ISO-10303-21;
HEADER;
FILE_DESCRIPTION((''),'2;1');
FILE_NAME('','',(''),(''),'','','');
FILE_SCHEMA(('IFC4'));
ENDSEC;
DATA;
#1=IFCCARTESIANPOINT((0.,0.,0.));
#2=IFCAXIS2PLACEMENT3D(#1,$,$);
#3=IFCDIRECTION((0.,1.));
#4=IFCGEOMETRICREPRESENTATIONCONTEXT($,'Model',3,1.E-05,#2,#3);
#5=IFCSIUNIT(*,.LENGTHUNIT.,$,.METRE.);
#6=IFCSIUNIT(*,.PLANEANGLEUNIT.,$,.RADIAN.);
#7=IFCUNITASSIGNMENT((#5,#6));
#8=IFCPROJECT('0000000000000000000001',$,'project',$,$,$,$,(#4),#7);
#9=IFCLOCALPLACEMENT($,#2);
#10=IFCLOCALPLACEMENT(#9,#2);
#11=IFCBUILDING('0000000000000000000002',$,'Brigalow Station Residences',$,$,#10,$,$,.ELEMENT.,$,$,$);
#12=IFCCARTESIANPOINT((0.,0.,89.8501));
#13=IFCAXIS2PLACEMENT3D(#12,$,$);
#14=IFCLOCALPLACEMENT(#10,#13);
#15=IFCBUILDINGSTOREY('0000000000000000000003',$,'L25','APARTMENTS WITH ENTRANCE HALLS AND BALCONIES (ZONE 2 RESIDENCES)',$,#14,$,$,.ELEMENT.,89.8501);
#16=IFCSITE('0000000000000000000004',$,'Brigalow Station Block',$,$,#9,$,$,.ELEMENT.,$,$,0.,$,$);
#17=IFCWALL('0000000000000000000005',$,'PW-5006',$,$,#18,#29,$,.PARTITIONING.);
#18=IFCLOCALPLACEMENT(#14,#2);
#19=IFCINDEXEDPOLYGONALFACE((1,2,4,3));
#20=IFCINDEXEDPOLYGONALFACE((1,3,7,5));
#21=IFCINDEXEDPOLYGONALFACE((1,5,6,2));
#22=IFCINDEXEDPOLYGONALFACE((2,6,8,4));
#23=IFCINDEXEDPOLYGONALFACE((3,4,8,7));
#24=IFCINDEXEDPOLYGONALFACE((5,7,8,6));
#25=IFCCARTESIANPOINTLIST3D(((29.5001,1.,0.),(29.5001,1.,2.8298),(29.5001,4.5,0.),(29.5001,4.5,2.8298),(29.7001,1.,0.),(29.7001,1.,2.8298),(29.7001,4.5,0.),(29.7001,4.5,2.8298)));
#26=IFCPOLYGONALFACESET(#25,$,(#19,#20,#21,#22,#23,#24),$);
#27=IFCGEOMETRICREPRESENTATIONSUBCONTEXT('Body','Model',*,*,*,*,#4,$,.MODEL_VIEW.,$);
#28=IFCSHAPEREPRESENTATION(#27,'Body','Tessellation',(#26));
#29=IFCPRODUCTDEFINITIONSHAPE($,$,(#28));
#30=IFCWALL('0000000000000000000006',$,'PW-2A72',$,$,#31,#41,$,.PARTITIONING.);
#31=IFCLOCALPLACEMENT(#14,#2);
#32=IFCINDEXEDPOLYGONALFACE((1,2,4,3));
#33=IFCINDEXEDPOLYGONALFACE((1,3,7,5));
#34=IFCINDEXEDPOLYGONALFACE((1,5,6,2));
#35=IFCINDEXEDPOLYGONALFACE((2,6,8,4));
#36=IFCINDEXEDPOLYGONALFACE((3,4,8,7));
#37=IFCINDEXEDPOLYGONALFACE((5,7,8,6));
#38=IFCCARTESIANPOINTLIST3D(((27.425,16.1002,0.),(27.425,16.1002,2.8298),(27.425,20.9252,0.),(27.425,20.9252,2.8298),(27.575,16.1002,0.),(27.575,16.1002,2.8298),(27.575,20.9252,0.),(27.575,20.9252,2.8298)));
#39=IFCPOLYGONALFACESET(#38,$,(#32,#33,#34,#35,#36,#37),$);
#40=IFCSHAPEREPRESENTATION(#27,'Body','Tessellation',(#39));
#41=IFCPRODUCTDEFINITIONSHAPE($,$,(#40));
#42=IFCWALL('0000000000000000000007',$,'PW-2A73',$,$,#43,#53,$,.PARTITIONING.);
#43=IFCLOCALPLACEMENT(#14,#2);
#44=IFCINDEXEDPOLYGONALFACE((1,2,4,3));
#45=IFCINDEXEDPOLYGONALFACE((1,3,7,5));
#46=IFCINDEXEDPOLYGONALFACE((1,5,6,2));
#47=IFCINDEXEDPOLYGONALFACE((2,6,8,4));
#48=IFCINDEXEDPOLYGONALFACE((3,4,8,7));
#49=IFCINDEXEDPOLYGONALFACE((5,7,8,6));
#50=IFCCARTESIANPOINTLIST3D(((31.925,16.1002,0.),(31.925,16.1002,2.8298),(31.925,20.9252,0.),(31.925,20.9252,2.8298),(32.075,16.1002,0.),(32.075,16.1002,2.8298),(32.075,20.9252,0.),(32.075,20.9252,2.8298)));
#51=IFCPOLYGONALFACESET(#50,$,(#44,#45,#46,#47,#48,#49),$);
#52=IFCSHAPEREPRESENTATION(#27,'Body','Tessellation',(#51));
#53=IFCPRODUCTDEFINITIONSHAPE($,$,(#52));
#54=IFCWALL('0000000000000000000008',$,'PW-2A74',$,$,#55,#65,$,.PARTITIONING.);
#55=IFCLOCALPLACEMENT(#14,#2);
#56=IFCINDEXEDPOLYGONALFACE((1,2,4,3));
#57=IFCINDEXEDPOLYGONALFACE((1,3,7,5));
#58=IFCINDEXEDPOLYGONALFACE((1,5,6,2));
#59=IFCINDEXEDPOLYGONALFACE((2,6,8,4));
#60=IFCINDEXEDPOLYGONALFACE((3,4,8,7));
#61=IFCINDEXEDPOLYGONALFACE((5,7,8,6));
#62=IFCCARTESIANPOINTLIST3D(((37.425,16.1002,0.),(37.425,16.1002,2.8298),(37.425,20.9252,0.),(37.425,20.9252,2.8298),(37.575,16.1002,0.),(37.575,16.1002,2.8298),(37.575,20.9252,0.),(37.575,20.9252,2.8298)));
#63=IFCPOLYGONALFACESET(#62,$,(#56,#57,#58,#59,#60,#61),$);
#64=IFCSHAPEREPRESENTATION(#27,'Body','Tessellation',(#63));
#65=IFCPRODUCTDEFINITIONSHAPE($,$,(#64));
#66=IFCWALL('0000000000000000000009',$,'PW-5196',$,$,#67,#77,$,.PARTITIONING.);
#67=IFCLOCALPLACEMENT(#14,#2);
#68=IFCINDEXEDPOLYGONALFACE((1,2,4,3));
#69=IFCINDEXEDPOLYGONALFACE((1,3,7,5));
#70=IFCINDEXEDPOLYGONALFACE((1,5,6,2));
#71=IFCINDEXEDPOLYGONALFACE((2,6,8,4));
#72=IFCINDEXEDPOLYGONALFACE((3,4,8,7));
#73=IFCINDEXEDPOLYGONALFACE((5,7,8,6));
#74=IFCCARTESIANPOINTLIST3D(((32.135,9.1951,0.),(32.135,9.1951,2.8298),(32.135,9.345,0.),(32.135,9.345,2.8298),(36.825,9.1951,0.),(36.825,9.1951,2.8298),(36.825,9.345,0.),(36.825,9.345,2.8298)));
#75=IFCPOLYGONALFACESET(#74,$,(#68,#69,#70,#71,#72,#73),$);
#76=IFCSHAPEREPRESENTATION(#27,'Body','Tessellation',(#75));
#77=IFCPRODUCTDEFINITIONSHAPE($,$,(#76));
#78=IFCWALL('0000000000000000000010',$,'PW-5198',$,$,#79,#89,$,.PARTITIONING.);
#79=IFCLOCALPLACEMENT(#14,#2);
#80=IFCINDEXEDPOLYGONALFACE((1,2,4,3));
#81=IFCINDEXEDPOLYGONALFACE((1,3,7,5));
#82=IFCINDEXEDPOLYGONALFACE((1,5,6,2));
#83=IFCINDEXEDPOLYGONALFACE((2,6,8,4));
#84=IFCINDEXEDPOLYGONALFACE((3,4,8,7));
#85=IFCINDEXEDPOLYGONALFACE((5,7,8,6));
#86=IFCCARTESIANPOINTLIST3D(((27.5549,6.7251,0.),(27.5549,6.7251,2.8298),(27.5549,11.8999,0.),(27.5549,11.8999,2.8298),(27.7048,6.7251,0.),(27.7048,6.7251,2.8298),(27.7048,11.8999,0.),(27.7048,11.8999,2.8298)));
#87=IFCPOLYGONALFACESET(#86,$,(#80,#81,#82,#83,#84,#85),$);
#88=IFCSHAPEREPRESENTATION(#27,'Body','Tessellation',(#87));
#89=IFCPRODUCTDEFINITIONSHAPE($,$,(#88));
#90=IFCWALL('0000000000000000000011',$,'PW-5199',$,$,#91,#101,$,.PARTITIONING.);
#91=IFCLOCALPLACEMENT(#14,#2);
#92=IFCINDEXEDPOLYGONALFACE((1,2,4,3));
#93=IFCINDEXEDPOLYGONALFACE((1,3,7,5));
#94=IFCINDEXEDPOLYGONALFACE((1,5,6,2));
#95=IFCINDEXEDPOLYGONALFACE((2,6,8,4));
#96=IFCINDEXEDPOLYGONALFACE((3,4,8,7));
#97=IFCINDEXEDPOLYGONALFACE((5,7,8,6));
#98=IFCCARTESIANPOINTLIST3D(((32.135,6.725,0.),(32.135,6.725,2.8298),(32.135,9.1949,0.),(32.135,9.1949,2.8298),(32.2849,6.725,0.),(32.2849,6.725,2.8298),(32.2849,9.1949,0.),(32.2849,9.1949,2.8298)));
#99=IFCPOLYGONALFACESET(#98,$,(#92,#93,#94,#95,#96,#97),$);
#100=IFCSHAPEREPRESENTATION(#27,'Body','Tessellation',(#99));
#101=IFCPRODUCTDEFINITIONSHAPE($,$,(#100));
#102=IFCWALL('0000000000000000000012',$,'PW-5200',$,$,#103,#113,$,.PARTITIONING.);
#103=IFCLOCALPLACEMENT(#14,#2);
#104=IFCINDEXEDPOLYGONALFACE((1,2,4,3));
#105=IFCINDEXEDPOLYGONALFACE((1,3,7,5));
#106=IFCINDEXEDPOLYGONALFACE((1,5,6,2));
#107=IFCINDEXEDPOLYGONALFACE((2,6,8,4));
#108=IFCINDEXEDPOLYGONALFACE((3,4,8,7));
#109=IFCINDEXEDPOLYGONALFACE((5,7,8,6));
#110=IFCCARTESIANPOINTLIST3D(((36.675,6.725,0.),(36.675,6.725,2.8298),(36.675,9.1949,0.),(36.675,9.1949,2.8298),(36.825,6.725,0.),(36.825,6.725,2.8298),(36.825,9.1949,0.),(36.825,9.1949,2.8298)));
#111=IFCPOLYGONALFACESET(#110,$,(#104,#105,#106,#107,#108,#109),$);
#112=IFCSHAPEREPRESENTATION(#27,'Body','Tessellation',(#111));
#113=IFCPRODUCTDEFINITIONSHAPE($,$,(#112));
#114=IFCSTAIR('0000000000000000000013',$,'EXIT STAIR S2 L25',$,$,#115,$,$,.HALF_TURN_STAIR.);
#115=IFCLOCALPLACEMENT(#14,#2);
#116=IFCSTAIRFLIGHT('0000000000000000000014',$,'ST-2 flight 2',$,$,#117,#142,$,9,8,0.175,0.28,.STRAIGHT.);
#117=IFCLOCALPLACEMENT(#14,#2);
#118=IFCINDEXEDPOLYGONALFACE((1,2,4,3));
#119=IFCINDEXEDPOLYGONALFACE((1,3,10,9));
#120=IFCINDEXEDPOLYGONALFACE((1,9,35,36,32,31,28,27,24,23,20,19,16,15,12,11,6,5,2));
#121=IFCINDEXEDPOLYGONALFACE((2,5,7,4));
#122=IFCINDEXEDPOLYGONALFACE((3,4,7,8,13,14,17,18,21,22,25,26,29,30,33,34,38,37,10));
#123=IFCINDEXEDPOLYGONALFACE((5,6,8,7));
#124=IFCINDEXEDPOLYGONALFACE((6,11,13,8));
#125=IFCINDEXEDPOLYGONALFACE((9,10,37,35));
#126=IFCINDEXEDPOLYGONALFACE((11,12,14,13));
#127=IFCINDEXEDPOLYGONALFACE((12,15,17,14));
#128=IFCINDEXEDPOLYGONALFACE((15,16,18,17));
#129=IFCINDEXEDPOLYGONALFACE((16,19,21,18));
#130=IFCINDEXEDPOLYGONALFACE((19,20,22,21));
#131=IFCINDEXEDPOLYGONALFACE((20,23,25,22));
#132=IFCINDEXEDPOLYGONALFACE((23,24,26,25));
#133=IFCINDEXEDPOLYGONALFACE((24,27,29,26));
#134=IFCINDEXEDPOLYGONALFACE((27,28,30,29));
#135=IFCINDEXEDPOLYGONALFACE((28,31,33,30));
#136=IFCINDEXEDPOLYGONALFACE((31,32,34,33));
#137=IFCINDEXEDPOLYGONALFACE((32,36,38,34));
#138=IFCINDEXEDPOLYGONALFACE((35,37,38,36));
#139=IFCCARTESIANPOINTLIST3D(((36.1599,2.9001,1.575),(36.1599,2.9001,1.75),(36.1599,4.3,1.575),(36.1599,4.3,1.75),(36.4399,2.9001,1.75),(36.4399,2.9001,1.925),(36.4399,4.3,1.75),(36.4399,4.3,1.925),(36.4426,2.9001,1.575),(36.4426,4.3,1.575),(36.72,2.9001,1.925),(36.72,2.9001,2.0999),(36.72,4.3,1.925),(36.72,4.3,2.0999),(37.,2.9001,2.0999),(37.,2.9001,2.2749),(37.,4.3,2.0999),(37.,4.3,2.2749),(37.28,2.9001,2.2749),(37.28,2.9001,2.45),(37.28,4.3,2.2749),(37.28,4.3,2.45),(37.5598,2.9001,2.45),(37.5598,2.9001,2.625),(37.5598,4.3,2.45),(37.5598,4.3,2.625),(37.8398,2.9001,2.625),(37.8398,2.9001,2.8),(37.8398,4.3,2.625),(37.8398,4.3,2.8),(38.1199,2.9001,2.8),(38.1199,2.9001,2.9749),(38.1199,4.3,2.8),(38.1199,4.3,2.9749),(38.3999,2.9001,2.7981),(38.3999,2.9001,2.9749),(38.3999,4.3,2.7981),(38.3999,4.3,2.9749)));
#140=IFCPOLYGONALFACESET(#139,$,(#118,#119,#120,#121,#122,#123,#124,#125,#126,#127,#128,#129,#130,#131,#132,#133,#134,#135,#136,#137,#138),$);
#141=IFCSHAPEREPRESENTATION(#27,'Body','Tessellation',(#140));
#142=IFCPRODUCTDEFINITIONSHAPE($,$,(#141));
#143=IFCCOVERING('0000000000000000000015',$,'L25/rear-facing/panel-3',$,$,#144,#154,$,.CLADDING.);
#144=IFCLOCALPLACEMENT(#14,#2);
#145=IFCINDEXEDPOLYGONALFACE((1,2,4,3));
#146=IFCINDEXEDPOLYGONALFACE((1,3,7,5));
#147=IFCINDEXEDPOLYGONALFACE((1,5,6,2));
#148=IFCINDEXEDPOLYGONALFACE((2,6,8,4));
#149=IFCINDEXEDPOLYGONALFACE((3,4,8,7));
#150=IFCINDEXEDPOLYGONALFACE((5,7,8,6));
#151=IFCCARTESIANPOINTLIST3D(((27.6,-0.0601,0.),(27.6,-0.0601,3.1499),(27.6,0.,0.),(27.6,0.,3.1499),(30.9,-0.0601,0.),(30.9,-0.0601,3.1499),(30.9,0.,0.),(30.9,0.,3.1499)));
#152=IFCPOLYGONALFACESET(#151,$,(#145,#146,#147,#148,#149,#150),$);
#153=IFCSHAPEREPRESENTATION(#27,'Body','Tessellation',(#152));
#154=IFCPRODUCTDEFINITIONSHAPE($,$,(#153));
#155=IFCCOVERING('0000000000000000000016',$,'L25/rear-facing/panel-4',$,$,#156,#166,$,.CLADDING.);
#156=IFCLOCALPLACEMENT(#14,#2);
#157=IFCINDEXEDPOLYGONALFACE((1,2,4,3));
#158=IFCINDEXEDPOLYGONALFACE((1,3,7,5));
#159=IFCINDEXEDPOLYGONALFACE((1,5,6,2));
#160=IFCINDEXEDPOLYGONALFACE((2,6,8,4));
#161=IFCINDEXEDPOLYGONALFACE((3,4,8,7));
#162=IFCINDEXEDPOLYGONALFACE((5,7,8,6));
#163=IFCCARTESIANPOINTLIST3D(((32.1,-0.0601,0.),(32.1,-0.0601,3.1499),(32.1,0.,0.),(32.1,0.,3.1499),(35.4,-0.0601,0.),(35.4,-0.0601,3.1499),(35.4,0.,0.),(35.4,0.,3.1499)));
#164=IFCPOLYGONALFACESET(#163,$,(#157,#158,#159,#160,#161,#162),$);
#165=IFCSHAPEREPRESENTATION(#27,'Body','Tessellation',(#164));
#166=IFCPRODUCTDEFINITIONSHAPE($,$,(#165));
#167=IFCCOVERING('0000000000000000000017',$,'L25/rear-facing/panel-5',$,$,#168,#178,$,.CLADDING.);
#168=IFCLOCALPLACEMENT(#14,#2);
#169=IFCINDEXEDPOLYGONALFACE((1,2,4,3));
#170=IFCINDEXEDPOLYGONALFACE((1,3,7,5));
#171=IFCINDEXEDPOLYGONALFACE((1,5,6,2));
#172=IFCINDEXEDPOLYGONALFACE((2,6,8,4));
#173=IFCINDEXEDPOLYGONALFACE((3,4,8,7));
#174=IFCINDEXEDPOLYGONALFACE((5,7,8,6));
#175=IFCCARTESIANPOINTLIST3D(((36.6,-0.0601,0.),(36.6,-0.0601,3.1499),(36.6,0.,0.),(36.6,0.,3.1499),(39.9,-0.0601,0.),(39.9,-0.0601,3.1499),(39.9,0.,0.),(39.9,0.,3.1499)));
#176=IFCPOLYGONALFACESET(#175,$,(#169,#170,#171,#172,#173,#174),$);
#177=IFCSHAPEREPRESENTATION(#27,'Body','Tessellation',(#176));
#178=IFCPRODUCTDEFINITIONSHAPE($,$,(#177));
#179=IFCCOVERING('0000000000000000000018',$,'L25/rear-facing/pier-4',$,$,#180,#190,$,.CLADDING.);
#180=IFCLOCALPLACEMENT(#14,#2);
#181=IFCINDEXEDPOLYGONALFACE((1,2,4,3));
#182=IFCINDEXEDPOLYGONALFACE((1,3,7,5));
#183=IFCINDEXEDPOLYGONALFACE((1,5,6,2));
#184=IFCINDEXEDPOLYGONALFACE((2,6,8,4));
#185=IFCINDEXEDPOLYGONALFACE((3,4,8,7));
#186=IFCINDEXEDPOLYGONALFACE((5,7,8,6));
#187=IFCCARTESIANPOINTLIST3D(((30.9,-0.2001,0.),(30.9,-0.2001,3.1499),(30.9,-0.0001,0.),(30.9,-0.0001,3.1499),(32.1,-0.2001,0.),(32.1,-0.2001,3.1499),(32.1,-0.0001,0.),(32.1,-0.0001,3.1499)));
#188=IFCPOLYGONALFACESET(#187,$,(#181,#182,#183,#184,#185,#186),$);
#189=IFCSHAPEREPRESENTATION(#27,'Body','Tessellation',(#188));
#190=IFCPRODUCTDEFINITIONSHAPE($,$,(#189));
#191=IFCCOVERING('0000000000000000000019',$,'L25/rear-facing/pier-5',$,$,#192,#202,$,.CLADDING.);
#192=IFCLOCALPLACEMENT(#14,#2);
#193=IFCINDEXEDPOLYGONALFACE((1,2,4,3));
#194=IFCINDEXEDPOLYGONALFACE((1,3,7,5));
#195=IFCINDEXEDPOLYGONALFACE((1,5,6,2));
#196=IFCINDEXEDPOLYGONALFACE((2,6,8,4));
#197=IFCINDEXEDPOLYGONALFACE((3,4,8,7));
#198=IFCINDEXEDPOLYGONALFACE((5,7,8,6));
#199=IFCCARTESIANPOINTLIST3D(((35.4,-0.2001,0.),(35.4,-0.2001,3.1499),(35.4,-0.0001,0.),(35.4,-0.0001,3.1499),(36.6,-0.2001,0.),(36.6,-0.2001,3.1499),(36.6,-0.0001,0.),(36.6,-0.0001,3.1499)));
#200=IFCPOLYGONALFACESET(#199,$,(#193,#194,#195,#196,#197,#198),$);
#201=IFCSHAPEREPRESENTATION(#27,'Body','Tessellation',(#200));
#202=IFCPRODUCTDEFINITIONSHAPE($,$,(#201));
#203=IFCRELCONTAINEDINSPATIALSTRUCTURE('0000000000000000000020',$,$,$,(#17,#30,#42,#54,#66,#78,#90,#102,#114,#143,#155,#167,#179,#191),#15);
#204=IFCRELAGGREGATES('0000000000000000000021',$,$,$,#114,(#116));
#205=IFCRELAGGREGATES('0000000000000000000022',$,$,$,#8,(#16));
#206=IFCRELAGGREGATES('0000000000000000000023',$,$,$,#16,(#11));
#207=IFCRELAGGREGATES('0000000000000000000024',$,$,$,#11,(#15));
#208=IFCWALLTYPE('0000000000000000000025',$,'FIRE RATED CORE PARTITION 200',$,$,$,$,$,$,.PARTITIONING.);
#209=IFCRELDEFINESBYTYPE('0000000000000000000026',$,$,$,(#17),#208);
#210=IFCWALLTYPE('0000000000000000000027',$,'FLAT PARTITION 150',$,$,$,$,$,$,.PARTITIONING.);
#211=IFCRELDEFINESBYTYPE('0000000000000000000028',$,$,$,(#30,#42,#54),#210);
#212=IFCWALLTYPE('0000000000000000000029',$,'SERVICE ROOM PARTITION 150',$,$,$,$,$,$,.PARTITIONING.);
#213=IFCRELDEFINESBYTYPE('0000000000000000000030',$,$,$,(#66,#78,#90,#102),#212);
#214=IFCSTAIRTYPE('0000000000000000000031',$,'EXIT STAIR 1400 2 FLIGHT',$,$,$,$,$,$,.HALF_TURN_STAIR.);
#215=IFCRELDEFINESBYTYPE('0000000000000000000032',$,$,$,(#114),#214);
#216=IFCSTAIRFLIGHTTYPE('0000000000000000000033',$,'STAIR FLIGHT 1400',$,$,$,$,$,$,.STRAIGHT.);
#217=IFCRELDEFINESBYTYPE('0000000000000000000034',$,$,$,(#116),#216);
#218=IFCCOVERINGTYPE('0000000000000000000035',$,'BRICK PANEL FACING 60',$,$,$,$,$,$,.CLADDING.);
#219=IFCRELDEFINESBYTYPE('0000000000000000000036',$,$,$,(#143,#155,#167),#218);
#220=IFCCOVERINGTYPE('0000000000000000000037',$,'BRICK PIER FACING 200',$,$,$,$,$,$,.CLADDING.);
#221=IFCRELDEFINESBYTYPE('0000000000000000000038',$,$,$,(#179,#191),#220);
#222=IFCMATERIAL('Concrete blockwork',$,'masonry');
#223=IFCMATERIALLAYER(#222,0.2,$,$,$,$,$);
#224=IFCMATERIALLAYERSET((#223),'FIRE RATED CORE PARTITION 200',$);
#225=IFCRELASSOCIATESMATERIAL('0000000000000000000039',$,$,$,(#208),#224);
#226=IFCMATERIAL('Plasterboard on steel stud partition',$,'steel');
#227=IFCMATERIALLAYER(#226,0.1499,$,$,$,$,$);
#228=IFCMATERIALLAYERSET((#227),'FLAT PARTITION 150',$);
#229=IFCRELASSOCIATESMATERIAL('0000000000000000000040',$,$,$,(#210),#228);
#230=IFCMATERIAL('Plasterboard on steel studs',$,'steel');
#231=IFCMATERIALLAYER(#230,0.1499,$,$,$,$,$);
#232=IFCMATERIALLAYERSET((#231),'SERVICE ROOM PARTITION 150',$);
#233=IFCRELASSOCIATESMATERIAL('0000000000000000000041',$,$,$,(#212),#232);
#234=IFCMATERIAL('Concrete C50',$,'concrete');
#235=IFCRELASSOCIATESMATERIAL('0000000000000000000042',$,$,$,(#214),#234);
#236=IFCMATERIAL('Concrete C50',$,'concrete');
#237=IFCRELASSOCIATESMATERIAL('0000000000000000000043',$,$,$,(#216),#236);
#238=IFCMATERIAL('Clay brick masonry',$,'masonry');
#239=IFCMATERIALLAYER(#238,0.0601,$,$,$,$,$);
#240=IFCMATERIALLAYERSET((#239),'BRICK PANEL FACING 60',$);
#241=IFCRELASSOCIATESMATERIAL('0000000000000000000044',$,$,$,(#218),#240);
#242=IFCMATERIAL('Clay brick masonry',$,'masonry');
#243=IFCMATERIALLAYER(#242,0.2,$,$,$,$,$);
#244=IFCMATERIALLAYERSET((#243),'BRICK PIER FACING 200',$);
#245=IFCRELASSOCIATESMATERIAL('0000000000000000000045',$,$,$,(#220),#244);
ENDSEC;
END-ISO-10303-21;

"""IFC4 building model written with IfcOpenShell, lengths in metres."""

from ifc_helpers import new_model, si_unit, direction, frame, frame_2d, origin, origin_2d, place, context, subcontext, project, spatial, polyline, rectangle, outline, extrude, material, layer, layer_set, type_object, element, aggregate, save


model = new_model("IFC4")

# Units and contexts
model_context = context("Model", 3, precision=1e-05, world=origin(), true_north=direction((0.0, 1.0)))
body_context = subcontext(model_context, "Body", "Model", "MODEL_VIEW")
ifc_project = project(units=[si_unit("LENGTHUNIT", "METRE"), si_unit("PLANEANGLEUNIT", "RADIAN")], contexts=[model_context])

# Site, building, storey
site_placement = place(None, origin())
site = spatial("IfcSite", under=ifc_project, at=site_placement, Name="Brigalow Station Block", CompositionType="ELEMENT", RefElevation=0.0)
building_placement = place(site_placement, origin())
building = spatial("IfcBuilding", under=site, at=building_placement, Name="Brigalow Station Residences", CompositionType="ELEMENT")
storey_placement = place(building_placement, frame((0.0, 0.0, 89.8501)))
storey = spatial("IfcBuildingStorey", under=building, at=storey_placement, Name="L25", Description="APARTMENTS WITH ENTRANCE HALLS AND BALCONIES (ZONE 2 RESIDENCES)", CompositionType="ELEMENT", Elevation=89.8501)

# Shared definitions
ifc_material_1 = material(Name="Concrete blockwork", Category="masonry")
ifc_layer_1 = layer(ifc_material_1, 0.2)
ifc_layer_set_1 = layer_set([ifc_layer_1], Name="FIRE RATED CORE PARTITION 200")
wall_type_1 = type_object("IfcWallType", Name="FIRE RATED CORE PARTITION 200", PredefinedType="PARTITIONING", material=ifc_layer_set_1)

# Walls
wall_1_placement = place(storey_placement, frame((29.6001, 1.0, 0.0), z_axis=(0.0, 0.0, 1.0), x_axis=(0.0, 1.0, 0.0)))
element("IfcWall", 1, at=wall_1_placement, inside=storey, type_object=wall_type_1, Name="PW-5006", PredefinedType="PARTITIONING", context=body_context, shape_type="SweptSolid", body=[
    extrude(rectangle(XDim=3.5, YDim=0.2, at=frame_2d((1.75, 0.0))), origin(), (0.0, 0.0, 1.0), 2.8298),
])
ifc_material_2 = material(Name="Plasterboard on steel stud partition", Category="steel")
ifc_layer_2 = layer(ifc_material_2, 0.1499)
ifc_layer_set_2 = layer_set([ifc_layer_2], Name="FLAT PARTITION 150")
wall_type_2 = type_object("IfcWallType", Name="FLAT PARTITION 150", PredefinedType="PARTITIONING", material=ifc_layer_set_2)
for number, where, z_axis, x_axis, name in (
    (2, (27.5, 16.1001, 0.0), (0.0, 0.0, 1.0), (0.0, 1.0, 0.0), "PW-2A72"),
    (3, (32.0, 16.1001, 0.0), (0.0, 0.0, 1.0), (0.0, 1.0, 0.0), "PW-2A73"),
    (4, (37.5, 16.1001, 0.0), (0.0, 0.0, 1.0), (0.0, 1.0, 0.0), "PW-2A74"),
):
    element("IfcWall", number, at=place(storey_placement, frame(where, z_axis=z_axis, x_axis=x_axis)), inside=storey, type_object=wall_type_2, Name=name, PredefinedType="PARTITIONING", context=body_context, shape_type="SweptSolid", body=[
        extrude(rectangle(XDim=4.825, YDim=0.1499, at=frame_2d((2.4126, 0.0))), origin(), (0.0, 0.0, 1.0), 2.8298),
    ])
ifc_material_3 = material(Name="Plasterboard on steel studs", Category="steel")
ifc_layer_3 = layer(ifc_material_3, 0.1499)
ifc_layer_set_3 = layer_set([ifc_layer_3], Name="SERVICE ROOM PARTITION 150")
wall_type_3 = type_object("IfcWallType", Name="SERVICE ROOM PARTITION 150", PredefinedType="PARTITIONING", material=ifc_layer_set_3)
wall_2_placement = place(storey_placement, frame((32.135, 9.27, 0.0), z_axis=(0.0, 0.0, 1.0), x_axis=(1.0, 0.0, 0.0)))
element("IfcWall", 5, at=wall_2_placement, inside=storey, type_object=wall_type_3, Name="PW-5196", PredefinedType="PARTITIONING", context=body_context, shape_type="SweptSolid", body=[
    extrude(rectangle(XDim=4.6899, YDim=0.1499, at=frame_2d((2.345, 0.0))), origin(), (0.0, 0.0, 1.0), 2.8298),
])
wall_3_placement = place(storey_placement, frame((27.6299, 6.7251, 0.0), z_axis=(0.0, 0.0, 1.0), x_axis=(0.0, 1.0, 0.0)))
element("IfcWall", 6, at=wall_3_placement, inside=storey, type_object=wall_type_3, Name="PW-5198", PredefinedType="PARTITIONING", context=body_context, shape_type="SweptSolid", body=[
    extrude(rectangle(XDim=5.1748, YDim=0.1499, at=frame_2d((2.5874, 0.0))), origin(), (0.0, 0.0, 1.0), 2.8298),
])
for number, where, z_axis, x_axis, name in (
    (7, (32.21, 6.7251, 0.0), (0.0, 0.0, 1.0), (0.0, 1.0, 0.0), "PW-5199"),
    (8, (36.75, 6.7251, 0.0), (0.0, 0.0, 1.0), (0.0, 1.0, 0.0), "PW-5200"),
):
    element("IfcWall", number, at=place(storey_placement, frame(where, z_axis=z_axis, x_axis=x_axis)), inside=storey, type_object=wall_type_3, Name=name, PredefinedType="PARTITIONING", context=body_context, shape_type="SweptSolid", body=[
        extrude(rectangle(XDim=2.47, YDim=0.1499, at=frame_2d((1.2349, 0.0))), origin(), (0.0, 0.0, 1.0), 2.8298),
    ])

# Stair, stair flight
ifc_material_4 = material(Name="Concrete C50", Category="concrete")
stair_type = type_object("IfcStairType", Name="EXIT STAIR 1400 2 FLIGHT", PredefinedType="HALF_TURN_STAIR", material=ifc_material_4)
stair_placement = place(storey_placement, origin())
stair = element("IfcStair", 9, at=stair_placement, inside=storey, type_object=stair_type, Name="EXIT STAIR S2 L25", PredefinedType="HALF_TURN_STAIR")
ifc_material_5 = material(Name="Concrete C50", Category="concrete")
stair_flight_type = type_object("IfcStairFlightType", Name="STAIR FLIGHT 1400", PredefinedType="STRAIGHT", material=ifc_material_5)
stair_flight_placement = place(storey_placement, frame((36.1599, 3.6001, 1.575), z_axis=(0.0, 0.0, 1.0), x_axis=(1.0, 0.0, 0.0)))
stair_flight = element("IfcStairFlight", 10, at=stair_flight_placement, type_object=stair_flight_type, Name="ST-2 flight 2", NumberOfRisers=9, NumberOfTreads=8, PredefinedType="STRAIGHT", RiserHeight=0.175, TreadLength=0.28, context=body_context, shape_type="SweptSolid", body=[
    extrude(outline(polyline([(0.0, 0.0), (0.0, 0.175), (0.28, 0.175), (0.28, 0.3501), (0.5601, 0.3501), (0.5601, 0.5249), (0.8401, 0.5249), (0.8401, 0.7), (1.1201, 0.7), (1.1201, 0.875), (1.3999, 0.875), (1.3999, 1.05), (1.6799, 1.05), (1.6799, 1.2251), (1.96, 1.2251), (1.96, 1.3999), (2.24, 1.3999), (2.24, 1.575), (2.24, 1.2231), (0.2827, 0.0), (0.0, 0.0)])), frame((0.0, 0.7, 0.0), z_axis=(0.0, -1.0, 0.0), x_axis=(1.0, 0.0, 0.0)), (0.0, 0.0, 1.0), 1.3999),
])
aggregate(stair, [stair_flight])

# Coverings
ifc_material_6 = material(Name="Clay brick masonry", Category="masonry")
ifc_layer_4 = layer(ifc_material_6, 0.0601)
ifc_layer_set_4 = layer_set([ifc_layer_4], Name="BRICK PANEL FACING 60")
covering_type_1 = type_object("IfcCoveringType", Name="BRICK PANEL FACING 60", PredefinedType="CLADDING", material=ifc_layer_set_4)
for number, where, z_axis, x_axis, name in (
    (11, (29.25, -0.03, 0.0), (0.0, 0.0, 1.0), (1.0, 0.0, 0.0), "L25/rear-facing/panel-3"),
    (12, (33.75, -0.03, 0.0), (0.0, 0.0, 1.0), (1.0, 0.0, 0.0), "L25/rear-facing/panel-4"),
    (13, (38.25, -0.03, 0.0), (0.0, 0.0, 1.0), (1.0, 0.0, 0.0), "L25/rear-facing/panel-5"),
):
    element("IfcCovering", number, at=place(storey_placement, frame(where, z_axis=z_axis, x_axis=x_axis)), inside=storey, type_object=covering_type_1, Name=name, PredefinedType="CLADDING", context=body_context, shape_type="SweptSolid", body=[
        extrude(rectangle(XDim=3.3, YDim=0.0601, at=origin_2d()), origin(), (0.0, 0.0, 1.0), 3.1499),
    ])
ifc_material_7 = material(Name="Clay brick masonry", Category="masonry")
ifc_layer_5 = layer(ifc_material_7, 0.2)
ifc_layer_set_5 = layer_set([ifc_layer_5], Name="BRICK PIER FACING 200")
covering_type_2 = type_object("IfcCoveringType", Name="BRICK PIER FACING 200", PredefinedType="CLADDING", material=ifc_layer_set_5)
for number, where, z_axis, x_axis, name in (
    (14, (31.5, -0.1001, 0.0), (0.0, 0.0, 1.0), (1.0, 0.0, 0.0), "L25/rear-facing/pier-4"),
    (15, (36.0, -0.1001, 0.0), (0.0, 0.0, 1.0), (1.0, 0.0, 0.0), "L25/rear-facing/pier-5"),
):
    element("IfcCovering", number, at=place(storey_placement, frame(where, z_axis=z_axis, x_axis=x_axis)), inside=storey, type_object=covering_type_2, Name=name, PredefinedType="CLADDING", context=body_context, shape_type="SweptSolid", body=[
        extrude(rectangle(XDim=1.2, YDim=0.2, at=origin_2d()), origin(), (0.0, 0.0, 1.0), 3.1499),
    ])

save(model, "model.ifc")
